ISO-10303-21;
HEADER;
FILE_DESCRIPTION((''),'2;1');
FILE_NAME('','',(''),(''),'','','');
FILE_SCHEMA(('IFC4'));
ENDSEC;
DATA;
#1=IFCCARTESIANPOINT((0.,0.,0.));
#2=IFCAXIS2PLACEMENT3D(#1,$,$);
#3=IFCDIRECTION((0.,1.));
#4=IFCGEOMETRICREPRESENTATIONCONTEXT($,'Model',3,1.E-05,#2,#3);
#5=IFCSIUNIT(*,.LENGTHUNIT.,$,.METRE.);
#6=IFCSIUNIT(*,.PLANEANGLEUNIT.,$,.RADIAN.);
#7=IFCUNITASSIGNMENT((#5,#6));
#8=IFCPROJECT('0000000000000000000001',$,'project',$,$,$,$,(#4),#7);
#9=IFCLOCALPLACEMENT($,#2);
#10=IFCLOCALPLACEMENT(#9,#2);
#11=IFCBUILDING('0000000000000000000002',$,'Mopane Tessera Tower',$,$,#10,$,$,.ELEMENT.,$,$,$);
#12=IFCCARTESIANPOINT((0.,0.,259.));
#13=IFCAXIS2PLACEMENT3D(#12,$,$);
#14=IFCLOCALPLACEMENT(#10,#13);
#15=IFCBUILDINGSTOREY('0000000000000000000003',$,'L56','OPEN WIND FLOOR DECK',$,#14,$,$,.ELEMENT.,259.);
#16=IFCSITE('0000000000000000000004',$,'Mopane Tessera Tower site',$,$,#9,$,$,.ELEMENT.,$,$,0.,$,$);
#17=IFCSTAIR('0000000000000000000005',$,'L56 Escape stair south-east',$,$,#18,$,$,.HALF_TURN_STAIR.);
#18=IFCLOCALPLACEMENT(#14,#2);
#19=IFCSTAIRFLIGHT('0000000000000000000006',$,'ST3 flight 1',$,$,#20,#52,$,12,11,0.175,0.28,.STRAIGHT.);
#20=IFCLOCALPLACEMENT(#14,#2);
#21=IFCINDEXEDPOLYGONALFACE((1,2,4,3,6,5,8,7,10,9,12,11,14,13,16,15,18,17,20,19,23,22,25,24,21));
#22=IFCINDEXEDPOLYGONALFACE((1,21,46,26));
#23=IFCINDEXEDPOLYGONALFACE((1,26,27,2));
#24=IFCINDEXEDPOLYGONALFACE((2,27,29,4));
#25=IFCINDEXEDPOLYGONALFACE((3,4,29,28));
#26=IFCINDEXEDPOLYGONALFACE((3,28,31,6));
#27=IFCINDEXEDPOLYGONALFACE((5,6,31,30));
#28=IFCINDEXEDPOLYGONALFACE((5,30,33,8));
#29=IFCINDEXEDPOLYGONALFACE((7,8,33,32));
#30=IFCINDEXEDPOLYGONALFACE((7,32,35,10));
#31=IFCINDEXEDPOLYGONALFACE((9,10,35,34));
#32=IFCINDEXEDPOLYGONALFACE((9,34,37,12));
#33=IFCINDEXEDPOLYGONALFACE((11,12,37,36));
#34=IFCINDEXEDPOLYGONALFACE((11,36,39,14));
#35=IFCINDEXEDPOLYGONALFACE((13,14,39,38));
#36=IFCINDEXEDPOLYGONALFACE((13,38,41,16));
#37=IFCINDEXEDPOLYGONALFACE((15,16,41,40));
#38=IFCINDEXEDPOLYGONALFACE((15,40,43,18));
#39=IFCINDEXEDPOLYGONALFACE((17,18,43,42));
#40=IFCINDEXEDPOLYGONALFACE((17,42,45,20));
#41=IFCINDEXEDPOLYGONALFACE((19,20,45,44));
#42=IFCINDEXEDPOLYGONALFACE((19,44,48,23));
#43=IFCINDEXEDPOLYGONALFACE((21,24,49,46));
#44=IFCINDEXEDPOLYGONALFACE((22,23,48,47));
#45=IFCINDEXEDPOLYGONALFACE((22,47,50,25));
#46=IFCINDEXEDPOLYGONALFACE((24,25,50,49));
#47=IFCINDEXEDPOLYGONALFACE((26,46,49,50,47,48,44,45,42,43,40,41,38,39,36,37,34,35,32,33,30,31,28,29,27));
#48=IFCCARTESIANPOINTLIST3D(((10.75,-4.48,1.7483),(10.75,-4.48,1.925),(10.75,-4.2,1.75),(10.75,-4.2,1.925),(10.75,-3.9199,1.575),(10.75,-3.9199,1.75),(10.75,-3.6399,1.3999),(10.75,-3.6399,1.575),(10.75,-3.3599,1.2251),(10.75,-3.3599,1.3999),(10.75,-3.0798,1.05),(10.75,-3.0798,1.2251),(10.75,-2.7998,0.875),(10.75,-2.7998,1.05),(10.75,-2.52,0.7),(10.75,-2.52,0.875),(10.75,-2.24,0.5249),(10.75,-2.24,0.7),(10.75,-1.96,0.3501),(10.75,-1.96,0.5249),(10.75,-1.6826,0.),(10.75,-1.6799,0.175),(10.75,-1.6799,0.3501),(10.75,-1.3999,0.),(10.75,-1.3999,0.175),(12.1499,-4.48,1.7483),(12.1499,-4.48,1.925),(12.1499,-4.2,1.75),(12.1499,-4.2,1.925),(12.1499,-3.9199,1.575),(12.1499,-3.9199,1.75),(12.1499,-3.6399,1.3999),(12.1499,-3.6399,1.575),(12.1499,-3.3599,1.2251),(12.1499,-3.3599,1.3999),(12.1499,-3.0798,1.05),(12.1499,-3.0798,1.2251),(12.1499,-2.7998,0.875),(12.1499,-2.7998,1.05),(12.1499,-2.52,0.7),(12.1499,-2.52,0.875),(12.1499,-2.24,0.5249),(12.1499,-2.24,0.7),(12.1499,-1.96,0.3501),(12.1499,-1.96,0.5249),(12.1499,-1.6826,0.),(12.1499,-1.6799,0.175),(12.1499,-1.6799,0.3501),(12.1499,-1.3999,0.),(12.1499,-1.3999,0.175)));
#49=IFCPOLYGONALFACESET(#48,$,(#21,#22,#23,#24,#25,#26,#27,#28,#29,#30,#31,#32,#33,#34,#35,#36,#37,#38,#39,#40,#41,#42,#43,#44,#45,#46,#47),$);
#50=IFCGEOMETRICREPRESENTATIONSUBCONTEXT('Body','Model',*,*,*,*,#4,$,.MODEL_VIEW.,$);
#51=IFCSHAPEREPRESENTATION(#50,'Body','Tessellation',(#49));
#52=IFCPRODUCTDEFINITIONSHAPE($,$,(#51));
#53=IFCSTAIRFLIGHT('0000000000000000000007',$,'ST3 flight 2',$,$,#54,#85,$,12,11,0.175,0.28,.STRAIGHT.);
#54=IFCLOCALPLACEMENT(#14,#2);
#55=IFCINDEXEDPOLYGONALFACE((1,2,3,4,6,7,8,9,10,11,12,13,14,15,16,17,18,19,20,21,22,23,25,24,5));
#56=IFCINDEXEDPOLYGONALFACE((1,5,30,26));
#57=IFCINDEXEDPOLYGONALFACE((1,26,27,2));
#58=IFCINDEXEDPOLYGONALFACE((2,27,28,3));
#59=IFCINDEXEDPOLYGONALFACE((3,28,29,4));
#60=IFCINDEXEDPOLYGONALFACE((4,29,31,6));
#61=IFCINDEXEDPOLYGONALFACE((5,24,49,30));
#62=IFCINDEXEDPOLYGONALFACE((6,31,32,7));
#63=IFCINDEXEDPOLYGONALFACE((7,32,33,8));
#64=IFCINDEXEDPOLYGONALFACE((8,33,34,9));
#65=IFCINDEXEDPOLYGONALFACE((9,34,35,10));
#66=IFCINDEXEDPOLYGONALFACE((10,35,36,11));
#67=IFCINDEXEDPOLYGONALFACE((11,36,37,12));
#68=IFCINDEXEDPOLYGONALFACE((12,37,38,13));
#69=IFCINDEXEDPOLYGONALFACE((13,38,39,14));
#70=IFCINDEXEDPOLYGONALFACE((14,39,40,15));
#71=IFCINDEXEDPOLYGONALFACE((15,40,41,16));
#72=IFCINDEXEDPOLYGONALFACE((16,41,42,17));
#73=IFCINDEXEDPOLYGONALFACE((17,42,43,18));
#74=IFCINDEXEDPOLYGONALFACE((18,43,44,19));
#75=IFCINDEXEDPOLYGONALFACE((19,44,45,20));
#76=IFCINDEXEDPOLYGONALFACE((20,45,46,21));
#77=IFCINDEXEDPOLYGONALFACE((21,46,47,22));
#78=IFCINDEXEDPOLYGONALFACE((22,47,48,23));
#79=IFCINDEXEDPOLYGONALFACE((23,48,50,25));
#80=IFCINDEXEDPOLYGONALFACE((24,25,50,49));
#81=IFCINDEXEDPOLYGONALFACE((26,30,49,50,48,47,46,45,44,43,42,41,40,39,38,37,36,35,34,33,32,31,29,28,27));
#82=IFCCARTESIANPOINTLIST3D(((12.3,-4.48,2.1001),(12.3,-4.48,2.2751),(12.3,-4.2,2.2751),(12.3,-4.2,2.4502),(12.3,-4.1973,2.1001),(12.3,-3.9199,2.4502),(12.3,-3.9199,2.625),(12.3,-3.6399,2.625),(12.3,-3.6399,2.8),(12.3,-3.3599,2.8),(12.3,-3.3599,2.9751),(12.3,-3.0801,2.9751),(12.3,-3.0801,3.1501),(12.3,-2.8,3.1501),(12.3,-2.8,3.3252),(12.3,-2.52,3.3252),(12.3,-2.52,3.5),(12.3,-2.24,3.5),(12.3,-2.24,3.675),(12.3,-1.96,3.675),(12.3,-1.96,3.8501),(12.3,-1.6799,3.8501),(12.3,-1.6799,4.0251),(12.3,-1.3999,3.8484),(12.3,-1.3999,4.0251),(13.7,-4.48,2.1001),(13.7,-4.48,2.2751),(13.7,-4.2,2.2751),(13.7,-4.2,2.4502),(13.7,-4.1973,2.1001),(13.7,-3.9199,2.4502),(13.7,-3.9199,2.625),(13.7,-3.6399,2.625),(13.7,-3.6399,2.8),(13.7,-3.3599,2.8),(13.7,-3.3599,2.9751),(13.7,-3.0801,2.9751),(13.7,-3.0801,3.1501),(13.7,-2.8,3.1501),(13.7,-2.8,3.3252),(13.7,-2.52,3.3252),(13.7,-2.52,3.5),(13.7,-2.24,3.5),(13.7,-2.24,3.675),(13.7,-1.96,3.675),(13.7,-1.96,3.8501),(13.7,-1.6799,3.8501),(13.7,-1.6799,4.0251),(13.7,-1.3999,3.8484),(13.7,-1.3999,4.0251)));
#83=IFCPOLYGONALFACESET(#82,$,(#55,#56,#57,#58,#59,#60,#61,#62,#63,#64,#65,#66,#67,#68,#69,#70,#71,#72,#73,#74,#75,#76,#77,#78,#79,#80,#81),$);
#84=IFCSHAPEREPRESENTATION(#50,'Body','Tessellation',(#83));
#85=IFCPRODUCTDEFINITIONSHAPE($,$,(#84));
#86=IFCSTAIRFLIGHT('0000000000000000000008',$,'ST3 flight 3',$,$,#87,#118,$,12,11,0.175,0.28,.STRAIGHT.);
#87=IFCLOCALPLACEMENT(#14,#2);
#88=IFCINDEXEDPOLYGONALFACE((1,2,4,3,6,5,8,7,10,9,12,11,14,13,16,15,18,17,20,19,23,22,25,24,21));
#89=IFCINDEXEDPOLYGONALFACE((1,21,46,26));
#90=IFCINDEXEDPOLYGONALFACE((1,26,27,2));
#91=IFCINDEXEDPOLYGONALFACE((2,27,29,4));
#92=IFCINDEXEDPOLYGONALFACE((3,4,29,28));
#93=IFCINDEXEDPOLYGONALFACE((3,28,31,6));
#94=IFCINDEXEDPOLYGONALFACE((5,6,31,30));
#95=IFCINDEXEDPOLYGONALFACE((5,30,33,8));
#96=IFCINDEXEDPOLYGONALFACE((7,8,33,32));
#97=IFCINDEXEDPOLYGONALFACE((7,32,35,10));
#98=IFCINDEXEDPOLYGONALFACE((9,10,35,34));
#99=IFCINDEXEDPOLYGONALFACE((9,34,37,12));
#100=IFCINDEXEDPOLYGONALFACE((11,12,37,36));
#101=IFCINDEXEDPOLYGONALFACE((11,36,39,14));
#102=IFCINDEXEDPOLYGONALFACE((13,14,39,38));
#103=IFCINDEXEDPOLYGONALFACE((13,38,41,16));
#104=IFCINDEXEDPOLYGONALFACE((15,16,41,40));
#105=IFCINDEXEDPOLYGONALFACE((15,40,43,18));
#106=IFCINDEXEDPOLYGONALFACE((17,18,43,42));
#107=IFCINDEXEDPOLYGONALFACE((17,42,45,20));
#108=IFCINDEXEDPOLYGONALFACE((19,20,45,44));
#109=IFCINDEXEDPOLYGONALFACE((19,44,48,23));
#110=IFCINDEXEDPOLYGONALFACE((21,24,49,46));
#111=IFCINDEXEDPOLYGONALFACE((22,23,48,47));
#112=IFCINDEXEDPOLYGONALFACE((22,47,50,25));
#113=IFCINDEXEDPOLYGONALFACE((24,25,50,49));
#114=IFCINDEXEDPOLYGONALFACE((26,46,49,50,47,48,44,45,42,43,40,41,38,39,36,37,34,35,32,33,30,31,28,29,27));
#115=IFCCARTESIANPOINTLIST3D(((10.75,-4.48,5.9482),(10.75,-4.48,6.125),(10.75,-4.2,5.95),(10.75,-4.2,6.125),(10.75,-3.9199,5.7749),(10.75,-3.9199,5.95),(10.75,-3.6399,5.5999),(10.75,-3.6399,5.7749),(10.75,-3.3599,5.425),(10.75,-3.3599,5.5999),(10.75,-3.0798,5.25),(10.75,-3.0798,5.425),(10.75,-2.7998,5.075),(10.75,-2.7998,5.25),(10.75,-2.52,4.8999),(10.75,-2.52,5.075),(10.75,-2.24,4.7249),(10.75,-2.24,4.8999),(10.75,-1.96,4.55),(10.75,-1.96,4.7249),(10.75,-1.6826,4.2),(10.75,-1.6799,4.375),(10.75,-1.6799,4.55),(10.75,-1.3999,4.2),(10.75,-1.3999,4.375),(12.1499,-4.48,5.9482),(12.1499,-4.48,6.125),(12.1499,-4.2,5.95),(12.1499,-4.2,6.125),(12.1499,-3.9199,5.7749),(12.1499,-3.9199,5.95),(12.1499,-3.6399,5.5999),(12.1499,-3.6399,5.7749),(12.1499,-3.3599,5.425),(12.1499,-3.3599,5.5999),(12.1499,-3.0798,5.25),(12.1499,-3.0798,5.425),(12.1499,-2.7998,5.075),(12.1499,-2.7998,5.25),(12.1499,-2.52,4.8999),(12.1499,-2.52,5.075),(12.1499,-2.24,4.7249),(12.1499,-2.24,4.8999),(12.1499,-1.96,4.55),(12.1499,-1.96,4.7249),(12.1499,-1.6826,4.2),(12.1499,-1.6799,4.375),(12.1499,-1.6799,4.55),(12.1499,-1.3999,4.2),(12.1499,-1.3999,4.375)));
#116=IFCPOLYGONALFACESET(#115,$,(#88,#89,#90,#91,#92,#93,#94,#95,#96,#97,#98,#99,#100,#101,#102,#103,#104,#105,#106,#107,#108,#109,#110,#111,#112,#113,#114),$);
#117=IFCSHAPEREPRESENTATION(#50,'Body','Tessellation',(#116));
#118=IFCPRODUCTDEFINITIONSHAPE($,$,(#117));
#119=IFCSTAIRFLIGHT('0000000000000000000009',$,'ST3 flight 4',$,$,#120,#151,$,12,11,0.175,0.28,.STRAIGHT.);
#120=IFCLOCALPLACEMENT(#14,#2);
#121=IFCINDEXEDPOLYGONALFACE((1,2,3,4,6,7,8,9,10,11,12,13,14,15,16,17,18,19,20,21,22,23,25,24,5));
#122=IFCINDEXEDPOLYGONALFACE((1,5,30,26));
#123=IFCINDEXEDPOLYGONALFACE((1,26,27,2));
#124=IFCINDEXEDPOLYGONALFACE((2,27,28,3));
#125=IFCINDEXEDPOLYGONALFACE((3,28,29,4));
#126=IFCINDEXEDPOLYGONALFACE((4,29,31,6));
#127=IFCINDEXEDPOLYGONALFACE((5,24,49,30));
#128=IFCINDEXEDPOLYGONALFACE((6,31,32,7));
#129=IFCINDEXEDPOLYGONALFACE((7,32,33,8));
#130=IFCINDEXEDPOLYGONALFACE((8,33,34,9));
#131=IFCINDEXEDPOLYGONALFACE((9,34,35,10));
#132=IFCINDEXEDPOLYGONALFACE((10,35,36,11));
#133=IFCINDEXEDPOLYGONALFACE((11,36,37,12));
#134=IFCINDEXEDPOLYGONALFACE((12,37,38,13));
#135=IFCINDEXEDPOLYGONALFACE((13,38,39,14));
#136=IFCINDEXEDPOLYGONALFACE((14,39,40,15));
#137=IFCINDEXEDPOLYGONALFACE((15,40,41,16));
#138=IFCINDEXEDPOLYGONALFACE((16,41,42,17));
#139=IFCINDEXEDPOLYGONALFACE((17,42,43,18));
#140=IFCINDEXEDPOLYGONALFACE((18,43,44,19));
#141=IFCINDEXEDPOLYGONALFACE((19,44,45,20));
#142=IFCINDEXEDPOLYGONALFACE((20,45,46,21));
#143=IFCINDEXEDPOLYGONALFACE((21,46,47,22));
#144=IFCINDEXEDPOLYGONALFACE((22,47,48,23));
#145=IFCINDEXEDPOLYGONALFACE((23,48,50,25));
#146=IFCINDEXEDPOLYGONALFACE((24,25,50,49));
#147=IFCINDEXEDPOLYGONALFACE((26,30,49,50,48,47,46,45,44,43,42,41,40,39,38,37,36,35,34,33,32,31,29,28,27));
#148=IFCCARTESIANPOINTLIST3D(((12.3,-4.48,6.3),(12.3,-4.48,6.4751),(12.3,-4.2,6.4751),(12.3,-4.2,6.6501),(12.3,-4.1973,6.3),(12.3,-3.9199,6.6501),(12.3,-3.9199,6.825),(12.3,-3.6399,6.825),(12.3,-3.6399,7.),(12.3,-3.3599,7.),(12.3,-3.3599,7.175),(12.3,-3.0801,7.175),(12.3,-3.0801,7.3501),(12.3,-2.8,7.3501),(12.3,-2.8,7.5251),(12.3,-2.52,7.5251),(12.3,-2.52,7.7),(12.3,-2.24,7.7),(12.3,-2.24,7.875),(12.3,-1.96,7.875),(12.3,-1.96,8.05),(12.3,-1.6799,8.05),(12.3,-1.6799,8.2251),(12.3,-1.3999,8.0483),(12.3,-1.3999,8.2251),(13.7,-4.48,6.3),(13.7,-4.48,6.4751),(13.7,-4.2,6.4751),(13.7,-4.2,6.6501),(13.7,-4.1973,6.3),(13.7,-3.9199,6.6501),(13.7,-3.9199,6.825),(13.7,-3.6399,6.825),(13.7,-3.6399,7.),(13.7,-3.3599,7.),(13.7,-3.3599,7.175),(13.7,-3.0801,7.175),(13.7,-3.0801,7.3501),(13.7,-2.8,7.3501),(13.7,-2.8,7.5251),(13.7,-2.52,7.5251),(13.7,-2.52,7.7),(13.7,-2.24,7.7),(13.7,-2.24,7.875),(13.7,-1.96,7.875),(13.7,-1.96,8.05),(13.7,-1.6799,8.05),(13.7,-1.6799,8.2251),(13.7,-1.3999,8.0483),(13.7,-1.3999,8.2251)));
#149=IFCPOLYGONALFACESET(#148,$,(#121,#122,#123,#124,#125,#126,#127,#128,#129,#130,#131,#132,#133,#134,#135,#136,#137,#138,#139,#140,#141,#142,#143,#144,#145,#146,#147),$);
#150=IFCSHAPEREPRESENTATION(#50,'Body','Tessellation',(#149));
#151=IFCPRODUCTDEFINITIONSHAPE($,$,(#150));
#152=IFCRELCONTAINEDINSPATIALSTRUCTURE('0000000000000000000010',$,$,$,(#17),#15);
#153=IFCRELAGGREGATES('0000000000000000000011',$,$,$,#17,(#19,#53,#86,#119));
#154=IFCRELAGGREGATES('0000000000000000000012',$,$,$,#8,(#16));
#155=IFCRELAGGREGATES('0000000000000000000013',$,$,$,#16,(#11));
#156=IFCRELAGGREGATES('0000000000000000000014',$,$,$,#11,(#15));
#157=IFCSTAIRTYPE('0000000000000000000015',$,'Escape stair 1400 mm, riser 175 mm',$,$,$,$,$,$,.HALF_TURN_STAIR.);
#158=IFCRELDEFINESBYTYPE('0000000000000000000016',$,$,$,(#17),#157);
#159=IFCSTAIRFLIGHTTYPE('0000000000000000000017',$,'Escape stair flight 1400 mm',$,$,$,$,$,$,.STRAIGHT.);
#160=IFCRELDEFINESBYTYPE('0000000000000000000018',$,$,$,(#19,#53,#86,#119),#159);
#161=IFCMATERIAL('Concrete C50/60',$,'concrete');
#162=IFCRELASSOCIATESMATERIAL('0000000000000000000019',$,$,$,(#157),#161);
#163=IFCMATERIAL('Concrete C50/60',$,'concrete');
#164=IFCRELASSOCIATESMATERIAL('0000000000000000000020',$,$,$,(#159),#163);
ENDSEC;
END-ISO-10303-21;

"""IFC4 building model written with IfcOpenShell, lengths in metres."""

from ifc_helpers import new_model, si_unit, direction, frame, origin, place, context, subcontext, project, spatial, polyline, outline, extrude, material, type_object, element, aggregate, save


model = new_model("IFC4")

# Units and contexts
model_context = context("Model", 3, precision=1e-05, world=origin(), true_north=direction((0.0, 1.0)))
body_context = subcontext(model_context, "Body", "Model", "MODEL_VIEW")
ifc_project = project(units=[si_unit("LENGTHUNIT", "METRE"), si_unit("PLANEANGLEUNIT", "RADIAN")], contexts=[model_context])

# Site, building, storey
site_placement = place(None, origin())
site = spatial("IfcSite", under=ifc_project, at=site_placement, Name="Mopane Tessera Tower site", CompositionType="ELEMENT", RefElevation=0.0)
building_placement = place(site_placement, origin())
building = spatial("IfcBuilding", under=site, at=building_placement, Name="Mopane Tessera Tower", CompositionType="ELEMENT")
storey_placement = place(building_placement, frame((0.0, 0.0, 259.0)))
storey = spatial("IfcBuildingStorey", under=building, at=storey_placement, Name="L56", Description="OPEN WIND FLOOR DECK", CompositionType="ELEMENT", Elevation=259.0)

# Stair, stair flights
ifc_material_1 = material(Name="Concrete C50/60", Category="concrete")
stair_type = type_object("IfcStairType", Name="Escape stair 1400 mm, riser 175 mm", PredefinedType="HALF_TURN_STAIR", material=ifc_material_1)
stair_placement = place(storey_placement, origin())
stair = element("IfcStair", 1, at=stair_placement, inside=storey, type_object=stair_type, Name="L56 Escape stair south-east", PredefinedType="HALF_TURN_STAIR")
ifc_material_2 = material(Name="Concrete C50/60", Category="concrete")
stair_flight_type = type_object("IfcStairFlightType", Name="Escape stair flight 1400 mm", PredefinedType="STRAIGHT", material=ifc_material_2)
stair_flight_1_placement = place(storey_placement, frame((11.45, -1.3999, 0.0), z_axis=(0.0, 0.0, 1.0), x_axis=(0.0, -1.0, 0.0)))
stair_flight_1 = element("IfcStairFlight", 2, at=stair_flight_1_placement, type_object=stair_flight_type, Name="ST3 flight 1", NumberOfRisers=12, NumberOfTreads=11, PredefinedType="STRAIGHT", RiserHeight=0.175, TreadLength=0.28, context=body_context, shape_type="SweptSolid", body=[
    extrude(outline(polyline([(0.0, 0.0), (0.0, 0.175), (0.28, 0.175), (0.28, 0.3501), (0.5601, 0.3501), (0.5601, 0.5249), (0.8401, 0.5249), (0.8401, 0.7), (1.1201, 0.7), (1.1201, 0.875), (1.3999, 0.875), (1.3999, 1.05), (1.6799, 1.05), (1.6799, 1.2251), (1.96, 1.2251), (1.96, 1.3999), (2.24, 1.3999), (2.24, 1.575), (2.52, 1.575), (2.52, 1.75), (2.8, 1.75), (2.8, 1.925), (3.0801, 1.925), (3.0801, 2.1001), (3.0801, 1.7483), (0.2827, 0.0), (0.0, 0.0)])), frame((0.0, 0.7, 0.0), z_axis=(0.0, -1.0, 0.0), x_axis=(1.0, 0.0, 0.0)), (0.0, 0.0, 1.0), 1.3999),
])
stair_flight_2_placement = place(storey_placement, frame((13.0, -4.48, 2.1001), z_axis=(0.0, 0.0, 1.0), x_axis=(0.0, 1.0, 0.0)))
stair_flight_2 = element("IfcStairFlight", 3, at=stair_flight_2_placement, type_object=stair_flight_type, Name="ST3 flight 2", NumberOfRisers=12, NumberOfTreads=11, PredefinedType="STRAIGHT", RiserHeight=0.175, TreadLength=0.28, context=body_context, shape_type="SweptSolid", body=[
    extrude(outline(polyline([(0.0, 0.0), (0.0, 0.175), (0.28, 0.175), (0.28, 0.3501), (0.5601, 0.3501), (0.5601, 0.5249), (0.8401, 0.5249), (0.8401, 0.7), (1.1201, 0.7), (1.1201, 0.875), (1.3999, 0.875), (1.3999, 1.05), (1.6799, 1.05), (1.6799, 1.2251), (1.96, 1.2251), (1.96, 1.3999), (2.24, 1.3999), (2.24, 1.575), (2.52, 1.575), (2.52, 1.75), (2.8, 1.75), (2.8, 1.925), (3.0801, 1.925), (3.0801, 2.1001), (3.0801, 1.7483), (0.2827, 0.0), (0.0, 0.0)])), frame((0.0, 0.7, 0.0), z_axis=(0.0, -1.0, 0.0), x_axis=(1.0, 0.0, 0.0)), (0.0, 0.0, 1.0), 1.3999),
])
stair_flight_3_placement = place(storey_placement, frame((11.45, -1.3999, 4.2), z_axis=(0.0, 0.0, 1.0), x_axis=(0.0, -1.0, 0.0)))
stair_flight_3 = element("IfcStairFlight", 4, at=stair_flight_3_placement, type_object=stair_flight_type, Name="ST3 flight 3", NumberOfRisers=12, NumberOfTreads=11, PredefinedType="STRAIGHT", RiserHeight=0.175, TreadLength=0.28, context=body_context, shape_type="SweptSolid", body=[
    extrude(outline(polyline([(0.0, 0.0), (0.0, 0.175), (0.28, 0.175), (0.28, 0.3501), (0.5601, 0.3501), (0.5601, 0.5249), (0.8401, 0.5249), (0.8401, 0.7), (1.1201, 0.7), (1.1201, 0.875), (1.3999, 0.875), (1.3999, 1.05), (1.6799, 1.05), (1.6799, 1.2251), (1.96, 1.2251), (1.96, 1.3999), (2.24, 1.3999), (2.24, 1.575), (2.52, 1.575), (2.52, 1.75), (2.8, 1.75), (2.8, 1.925), (3.0801, 1.925), (3.0801, 2.1001), (3.0801, 1.7483), (0.2827, 0.0), (0.0, 0.0)])), frame((0.0, 0.7, 0.0), z_axis=(0.0, -1.0, 0.0), x_axis=(1.0, 0.0, 0.0)), (0.0, 0.0, 1.0), 1.3999),
])
stair_flight_4_placement = place(storey_placement, frame((13.0, -4.48, 6.3), z_axis=(0.0, 0.0, 1.0), x_axis=(0.0, 1.0, 0.0)))
stair_flight_4 = element("IfcStairFlight", 5, at=stair_flight_4_placement, type_object=stair_flight_type, Name="ST3 flight 4", NumberOfRisers=12, NumberOfTreads=11, PredefinedType="STRAIGHT", RiserHeight=0.175, TreadLength=0.28, context=body_context, shape_type="SweptSolid", body=[
    extrude(outline(polyline([(0.0, 0.0), (0.0, 0.175), (0.28, 0.175), (0.28, 0.3501), (0.5601, 0.3501), (0.5601, 0.5249), (0.8401, 0.5249), (0.8401, 0.7), (1.1201, 0.7), (1.1201, 0.875), (1.3999, 0.875), (1.3999, 1.05), (1.6799, 1.05), (1.6799, 1.2251), (1.96, 1.2251), (1.96, 1.3999), (2.24, 1.3999), (2.24, 1.575), (2.52, 1.575), (2.52, 1.75), (2.8, 1.75), (2.8, 1.925), (3.0801, 1.925), (3.0801, 2.1001), (3.0801, 1.7483), (0.2827, 0.0), (0.0, 0.0)])), frame((0.0, 0.7, 0.0), z_axis=(0.0, -1.0, 0.0), x_axis=(1.0, 0.0, 0.0)), (0.0, 0.0, 1.0), 1.3999),
])
aggregate(stair, [stair_flight_1, stair_flight_2, stair_flight_3, stair_flight_4])

save(model, "model.ifc")
